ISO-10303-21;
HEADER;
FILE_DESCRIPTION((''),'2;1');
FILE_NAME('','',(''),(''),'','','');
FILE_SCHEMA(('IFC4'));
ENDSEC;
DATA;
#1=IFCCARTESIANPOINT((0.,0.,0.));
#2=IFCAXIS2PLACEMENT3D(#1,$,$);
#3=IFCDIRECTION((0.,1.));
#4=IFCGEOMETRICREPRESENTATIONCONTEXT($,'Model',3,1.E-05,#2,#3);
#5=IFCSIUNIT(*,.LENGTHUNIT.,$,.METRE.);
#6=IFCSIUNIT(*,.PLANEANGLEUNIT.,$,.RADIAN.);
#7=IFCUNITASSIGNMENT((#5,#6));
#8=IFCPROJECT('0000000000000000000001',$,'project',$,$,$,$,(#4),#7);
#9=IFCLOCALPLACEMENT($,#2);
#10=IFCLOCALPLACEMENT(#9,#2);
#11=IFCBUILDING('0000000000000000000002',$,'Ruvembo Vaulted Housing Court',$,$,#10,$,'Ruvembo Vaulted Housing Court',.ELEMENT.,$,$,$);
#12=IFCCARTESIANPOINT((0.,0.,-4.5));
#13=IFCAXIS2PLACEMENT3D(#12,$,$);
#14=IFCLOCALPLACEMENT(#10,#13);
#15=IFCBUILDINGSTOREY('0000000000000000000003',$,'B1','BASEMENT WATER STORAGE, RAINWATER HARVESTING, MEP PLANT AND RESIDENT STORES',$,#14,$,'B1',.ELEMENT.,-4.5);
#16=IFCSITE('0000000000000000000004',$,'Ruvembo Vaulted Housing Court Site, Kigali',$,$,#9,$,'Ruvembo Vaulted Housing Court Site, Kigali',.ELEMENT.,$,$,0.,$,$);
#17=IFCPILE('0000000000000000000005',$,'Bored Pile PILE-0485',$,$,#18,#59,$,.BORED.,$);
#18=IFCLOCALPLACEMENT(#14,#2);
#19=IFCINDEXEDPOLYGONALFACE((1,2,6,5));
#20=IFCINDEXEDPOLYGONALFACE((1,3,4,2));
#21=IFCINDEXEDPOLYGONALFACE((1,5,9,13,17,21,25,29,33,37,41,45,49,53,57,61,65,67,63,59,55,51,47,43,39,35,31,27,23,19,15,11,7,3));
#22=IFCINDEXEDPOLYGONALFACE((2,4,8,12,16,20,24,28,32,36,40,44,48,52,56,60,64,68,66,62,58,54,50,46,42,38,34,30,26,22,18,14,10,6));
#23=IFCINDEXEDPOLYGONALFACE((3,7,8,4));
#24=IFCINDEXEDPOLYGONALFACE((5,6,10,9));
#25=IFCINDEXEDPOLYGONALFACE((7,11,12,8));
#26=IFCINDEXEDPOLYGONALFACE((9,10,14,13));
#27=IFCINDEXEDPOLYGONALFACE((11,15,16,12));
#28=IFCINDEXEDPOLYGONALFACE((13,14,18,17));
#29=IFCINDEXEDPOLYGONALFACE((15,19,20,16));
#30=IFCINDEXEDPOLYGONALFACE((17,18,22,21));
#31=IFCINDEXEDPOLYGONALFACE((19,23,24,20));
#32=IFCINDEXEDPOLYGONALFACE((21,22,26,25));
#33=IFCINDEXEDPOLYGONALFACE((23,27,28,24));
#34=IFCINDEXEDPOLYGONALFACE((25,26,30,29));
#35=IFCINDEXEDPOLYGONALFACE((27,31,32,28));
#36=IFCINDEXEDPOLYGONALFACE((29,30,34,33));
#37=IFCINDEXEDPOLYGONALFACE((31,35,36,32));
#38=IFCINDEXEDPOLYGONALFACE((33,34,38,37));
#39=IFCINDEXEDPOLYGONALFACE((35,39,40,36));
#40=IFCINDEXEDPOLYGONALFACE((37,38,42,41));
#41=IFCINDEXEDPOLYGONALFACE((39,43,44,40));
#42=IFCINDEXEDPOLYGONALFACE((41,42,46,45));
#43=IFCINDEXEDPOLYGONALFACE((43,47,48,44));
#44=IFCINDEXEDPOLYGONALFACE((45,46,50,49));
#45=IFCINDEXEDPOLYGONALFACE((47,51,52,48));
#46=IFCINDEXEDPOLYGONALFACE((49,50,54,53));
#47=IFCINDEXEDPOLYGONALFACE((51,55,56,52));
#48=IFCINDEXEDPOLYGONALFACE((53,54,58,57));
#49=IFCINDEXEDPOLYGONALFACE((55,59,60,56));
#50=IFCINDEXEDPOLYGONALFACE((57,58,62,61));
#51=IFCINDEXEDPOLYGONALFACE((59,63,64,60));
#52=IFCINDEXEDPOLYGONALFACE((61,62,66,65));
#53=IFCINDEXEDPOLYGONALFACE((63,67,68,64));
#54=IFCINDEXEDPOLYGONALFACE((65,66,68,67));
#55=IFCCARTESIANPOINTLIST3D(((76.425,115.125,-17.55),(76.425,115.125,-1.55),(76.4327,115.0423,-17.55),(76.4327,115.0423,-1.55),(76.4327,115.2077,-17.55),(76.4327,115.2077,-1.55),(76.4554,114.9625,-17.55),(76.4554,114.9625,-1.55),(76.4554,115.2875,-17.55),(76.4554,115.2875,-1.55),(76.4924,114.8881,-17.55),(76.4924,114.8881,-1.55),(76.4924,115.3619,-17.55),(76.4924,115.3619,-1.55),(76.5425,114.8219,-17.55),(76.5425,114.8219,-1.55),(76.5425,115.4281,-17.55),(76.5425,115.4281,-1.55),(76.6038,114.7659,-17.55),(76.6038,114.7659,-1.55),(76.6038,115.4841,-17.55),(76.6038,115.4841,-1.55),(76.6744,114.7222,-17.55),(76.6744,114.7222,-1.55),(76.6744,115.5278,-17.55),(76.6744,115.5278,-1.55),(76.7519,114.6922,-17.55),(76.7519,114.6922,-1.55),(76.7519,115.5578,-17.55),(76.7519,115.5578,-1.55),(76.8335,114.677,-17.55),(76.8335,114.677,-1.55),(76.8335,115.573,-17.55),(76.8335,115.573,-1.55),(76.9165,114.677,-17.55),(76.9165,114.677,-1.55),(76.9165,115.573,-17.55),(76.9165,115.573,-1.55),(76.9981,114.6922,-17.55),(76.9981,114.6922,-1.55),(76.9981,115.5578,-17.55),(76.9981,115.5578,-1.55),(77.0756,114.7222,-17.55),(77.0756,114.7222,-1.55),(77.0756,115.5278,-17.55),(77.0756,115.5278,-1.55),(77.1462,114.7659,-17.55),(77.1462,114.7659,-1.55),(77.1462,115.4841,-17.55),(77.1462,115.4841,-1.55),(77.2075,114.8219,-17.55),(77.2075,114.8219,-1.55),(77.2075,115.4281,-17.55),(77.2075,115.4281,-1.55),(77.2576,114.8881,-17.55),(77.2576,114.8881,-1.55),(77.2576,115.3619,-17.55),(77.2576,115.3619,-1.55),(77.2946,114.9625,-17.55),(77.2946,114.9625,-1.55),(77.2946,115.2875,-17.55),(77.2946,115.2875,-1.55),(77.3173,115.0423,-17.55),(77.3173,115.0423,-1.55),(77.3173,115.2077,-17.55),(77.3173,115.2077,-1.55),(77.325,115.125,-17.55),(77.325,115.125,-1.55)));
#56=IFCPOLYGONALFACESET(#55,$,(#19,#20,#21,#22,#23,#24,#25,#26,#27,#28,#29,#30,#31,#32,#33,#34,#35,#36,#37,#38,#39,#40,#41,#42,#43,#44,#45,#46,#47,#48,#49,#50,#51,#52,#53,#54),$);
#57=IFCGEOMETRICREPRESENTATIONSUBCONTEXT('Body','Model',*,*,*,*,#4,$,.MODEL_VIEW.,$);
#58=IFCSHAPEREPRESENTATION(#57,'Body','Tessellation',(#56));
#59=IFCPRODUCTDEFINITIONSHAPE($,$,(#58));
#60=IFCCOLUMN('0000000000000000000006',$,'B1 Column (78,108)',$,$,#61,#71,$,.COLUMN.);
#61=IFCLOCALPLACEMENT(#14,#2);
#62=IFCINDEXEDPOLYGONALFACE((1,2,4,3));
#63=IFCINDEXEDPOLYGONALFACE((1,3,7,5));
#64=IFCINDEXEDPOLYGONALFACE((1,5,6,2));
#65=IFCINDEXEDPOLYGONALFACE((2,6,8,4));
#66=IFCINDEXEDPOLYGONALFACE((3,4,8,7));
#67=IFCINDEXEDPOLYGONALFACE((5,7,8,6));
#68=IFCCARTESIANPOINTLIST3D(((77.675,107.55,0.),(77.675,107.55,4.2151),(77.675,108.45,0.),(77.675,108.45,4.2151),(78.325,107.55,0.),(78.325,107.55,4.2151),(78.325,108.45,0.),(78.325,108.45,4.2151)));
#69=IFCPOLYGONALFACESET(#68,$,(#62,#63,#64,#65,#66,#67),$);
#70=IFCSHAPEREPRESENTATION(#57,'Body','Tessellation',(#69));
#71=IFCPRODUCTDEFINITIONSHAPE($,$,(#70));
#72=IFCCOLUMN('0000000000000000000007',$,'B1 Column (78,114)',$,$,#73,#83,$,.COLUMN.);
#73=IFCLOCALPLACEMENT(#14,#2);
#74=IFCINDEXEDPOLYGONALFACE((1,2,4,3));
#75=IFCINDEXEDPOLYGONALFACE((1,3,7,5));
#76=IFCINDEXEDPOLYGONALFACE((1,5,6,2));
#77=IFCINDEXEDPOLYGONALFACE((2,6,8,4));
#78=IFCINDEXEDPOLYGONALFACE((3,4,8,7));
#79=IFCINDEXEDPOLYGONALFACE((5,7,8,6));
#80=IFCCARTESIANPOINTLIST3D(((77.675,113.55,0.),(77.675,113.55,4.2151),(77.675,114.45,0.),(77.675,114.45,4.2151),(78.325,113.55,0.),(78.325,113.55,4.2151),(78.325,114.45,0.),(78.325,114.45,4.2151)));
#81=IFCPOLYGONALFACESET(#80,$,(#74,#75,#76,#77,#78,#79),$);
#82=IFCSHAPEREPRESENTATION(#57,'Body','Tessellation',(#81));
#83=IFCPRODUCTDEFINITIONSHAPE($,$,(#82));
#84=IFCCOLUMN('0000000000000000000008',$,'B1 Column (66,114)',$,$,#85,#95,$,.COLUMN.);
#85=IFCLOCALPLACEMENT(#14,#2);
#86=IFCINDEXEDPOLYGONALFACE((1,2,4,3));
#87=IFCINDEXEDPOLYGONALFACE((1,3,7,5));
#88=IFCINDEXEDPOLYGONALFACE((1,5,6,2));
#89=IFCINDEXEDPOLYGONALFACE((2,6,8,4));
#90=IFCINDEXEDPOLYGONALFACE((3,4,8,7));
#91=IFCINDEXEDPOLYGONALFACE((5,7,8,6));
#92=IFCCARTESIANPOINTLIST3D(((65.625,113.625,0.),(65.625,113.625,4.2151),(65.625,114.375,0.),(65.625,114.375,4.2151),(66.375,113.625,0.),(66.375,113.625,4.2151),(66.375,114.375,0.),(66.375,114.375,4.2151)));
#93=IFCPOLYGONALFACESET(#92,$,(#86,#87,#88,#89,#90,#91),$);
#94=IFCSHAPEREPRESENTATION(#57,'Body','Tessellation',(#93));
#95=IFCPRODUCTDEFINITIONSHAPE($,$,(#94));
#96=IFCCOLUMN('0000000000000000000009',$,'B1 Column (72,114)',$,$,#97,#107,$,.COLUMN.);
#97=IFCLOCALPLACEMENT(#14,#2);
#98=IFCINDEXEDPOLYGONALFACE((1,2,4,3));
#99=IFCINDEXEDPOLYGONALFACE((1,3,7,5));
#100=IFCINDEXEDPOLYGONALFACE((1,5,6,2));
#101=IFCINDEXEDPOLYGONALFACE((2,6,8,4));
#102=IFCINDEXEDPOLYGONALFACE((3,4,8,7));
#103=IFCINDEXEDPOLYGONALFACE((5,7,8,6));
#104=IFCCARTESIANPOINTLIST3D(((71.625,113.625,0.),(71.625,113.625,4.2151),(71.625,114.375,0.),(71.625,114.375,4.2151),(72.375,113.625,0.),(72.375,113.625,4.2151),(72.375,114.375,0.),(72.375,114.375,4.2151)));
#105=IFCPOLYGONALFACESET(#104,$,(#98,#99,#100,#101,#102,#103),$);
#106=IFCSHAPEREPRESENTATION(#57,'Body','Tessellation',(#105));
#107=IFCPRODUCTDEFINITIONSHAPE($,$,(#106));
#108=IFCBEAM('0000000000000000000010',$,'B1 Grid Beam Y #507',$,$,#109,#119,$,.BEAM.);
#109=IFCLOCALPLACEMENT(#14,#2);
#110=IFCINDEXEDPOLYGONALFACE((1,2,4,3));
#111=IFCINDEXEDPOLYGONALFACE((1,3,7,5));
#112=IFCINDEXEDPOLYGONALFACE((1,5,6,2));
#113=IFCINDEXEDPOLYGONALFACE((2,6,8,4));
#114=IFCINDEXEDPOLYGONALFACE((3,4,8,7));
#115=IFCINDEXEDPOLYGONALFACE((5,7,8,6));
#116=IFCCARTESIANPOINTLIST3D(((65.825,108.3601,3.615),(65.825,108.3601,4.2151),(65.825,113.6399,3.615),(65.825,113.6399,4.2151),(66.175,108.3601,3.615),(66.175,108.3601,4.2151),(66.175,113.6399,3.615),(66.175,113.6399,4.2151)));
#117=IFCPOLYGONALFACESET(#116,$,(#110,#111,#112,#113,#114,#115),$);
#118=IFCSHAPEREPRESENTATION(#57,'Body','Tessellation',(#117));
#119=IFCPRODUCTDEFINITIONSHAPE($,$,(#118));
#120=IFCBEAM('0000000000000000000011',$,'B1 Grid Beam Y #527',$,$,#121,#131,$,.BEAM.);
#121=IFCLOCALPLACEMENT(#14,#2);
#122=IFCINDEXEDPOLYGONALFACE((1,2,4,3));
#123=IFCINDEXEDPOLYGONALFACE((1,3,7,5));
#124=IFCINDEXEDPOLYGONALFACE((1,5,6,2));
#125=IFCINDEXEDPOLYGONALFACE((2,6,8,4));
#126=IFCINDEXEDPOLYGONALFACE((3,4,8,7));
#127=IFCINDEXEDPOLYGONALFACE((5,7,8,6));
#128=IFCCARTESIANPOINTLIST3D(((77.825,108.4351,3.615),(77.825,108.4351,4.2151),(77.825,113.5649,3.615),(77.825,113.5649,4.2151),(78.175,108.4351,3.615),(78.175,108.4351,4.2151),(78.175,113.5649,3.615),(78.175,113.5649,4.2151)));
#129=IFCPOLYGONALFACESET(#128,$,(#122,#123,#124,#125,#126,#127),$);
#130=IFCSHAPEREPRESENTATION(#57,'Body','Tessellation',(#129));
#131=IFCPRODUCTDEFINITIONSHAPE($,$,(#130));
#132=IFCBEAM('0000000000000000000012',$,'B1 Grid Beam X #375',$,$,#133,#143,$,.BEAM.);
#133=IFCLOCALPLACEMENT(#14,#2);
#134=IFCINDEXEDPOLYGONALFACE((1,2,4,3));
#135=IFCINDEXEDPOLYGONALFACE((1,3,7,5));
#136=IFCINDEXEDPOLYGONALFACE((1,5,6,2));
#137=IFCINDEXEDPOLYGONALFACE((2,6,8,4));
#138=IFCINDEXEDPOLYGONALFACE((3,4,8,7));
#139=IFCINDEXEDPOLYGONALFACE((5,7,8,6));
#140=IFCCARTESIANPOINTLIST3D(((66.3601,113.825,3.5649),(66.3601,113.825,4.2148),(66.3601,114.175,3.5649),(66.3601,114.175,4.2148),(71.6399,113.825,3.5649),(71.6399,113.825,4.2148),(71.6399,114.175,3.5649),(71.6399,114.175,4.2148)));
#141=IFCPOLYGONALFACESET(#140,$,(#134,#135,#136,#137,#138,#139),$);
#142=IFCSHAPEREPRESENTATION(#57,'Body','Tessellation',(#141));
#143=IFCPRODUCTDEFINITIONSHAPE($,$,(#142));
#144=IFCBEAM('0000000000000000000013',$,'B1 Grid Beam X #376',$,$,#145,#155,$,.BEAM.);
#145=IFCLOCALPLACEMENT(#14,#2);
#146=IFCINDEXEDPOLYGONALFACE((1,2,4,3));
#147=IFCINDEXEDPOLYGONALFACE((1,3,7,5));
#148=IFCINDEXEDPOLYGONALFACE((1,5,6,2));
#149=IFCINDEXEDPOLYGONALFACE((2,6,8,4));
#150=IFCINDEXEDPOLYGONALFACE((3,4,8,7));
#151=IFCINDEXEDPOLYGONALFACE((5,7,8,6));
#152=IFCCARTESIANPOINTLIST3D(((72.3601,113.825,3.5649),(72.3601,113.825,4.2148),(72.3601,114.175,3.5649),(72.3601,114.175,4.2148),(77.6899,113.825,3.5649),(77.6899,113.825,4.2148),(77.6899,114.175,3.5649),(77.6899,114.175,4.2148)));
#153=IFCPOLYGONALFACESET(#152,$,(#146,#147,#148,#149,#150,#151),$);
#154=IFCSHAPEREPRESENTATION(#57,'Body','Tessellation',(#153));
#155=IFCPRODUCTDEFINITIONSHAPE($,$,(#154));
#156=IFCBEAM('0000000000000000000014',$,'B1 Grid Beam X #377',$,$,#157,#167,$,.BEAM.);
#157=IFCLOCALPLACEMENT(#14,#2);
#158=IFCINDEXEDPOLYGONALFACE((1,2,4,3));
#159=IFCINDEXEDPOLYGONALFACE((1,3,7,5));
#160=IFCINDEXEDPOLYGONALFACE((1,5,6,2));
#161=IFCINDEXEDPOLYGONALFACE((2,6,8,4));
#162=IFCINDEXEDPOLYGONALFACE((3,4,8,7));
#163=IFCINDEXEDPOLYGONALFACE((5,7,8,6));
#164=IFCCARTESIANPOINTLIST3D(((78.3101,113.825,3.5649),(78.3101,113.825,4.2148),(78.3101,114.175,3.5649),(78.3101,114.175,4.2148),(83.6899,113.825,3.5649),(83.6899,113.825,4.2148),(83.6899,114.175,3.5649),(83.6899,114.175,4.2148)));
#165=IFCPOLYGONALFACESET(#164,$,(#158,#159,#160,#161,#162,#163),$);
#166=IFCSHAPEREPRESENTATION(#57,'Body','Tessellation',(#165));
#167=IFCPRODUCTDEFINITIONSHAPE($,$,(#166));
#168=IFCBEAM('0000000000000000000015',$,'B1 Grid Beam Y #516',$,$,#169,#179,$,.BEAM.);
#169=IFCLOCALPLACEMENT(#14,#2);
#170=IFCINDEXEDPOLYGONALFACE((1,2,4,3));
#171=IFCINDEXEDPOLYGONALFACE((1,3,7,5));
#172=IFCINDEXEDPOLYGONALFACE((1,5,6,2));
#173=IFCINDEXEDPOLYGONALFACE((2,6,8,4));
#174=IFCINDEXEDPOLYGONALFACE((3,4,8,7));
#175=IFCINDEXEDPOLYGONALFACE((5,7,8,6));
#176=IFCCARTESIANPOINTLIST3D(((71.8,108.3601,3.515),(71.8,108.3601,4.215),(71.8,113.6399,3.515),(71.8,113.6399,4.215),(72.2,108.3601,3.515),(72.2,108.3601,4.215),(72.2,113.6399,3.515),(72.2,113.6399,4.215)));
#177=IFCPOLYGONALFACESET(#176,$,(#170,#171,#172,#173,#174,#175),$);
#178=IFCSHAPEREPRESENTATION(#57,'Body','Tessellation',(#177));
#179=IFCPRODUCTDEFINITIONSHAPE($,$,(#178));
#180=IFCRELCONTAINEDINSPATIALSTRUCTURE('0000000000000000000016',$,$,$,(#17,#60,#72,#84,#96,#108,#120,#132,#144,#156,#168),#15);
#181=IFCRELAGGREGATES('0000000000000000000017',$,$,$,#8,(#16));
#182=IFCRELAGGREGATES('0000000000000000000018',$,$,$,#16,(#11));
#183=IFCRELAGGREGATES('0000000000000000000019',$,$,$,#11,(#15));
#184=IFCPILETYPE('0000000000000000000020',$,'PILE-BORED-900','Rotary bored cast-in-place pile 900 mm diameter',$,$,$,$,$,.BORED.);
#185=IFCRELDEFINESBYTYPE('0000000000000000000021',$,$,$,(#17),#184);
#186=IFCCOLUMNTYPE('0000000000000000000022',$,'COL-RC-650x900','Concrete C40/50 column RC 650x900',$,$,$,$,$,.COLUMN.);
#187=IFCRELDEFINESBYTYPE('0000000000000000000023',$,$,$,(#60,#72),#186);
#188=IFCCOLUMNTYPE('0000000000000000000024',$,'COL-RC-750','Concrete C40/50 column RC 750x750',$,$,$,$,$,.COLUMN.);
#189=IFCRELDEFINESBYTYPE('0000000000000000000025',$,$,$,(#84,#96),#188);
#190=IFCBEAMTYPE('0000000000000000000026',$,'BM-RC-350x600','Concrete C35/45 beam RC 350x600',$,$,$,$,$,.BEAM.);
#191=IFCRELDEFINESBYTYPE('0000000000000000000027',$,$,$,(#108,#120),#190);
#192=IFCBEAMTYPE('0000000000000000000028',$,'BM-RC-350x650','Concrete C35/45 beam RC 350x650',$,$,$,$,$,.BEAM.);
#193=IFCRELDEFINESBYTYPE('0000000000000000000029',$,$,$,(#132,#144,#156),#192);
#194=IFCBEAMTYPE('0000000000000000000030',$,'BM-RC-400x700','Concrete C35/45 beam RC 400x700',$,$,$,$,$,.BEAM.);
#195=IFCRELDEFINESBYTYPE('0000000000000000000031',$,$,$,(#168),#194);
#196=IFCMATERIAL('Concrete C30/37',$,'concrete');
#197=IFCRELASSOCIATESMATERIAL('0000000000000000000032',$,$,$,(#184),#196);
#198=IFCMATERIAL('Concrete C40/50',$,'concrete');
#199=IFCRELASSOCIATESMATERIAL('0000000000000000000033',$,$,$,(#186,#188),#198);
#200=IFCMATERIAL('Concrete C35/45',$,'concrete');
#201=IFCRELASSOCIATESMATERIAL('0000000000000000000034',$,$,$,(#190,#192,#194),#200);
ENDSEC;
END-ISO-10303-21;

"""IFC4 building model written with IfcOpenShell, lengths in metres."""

from ifc_helpers import new_model, si_unit, direction, frame, origin, origin_2d, place, context, subcontext, project, spatial, rectangle, circle, extrude, material, material_profile, profile_set, type_object, element, save


model = new_model("IFC4")

# Units and contexts
model_context = context("Model", 3, precision=1e-05, world=origin(), true_north=direction((0.0, 1.0)))
body_context = subcontext(model_context, "Body", "Model", "MODEL_VIEW")
ifc_project = project(units=[si_unit("LENGTHUNIT", "METRE"), si_unit("PLANEANGLEUNIT", "RADIAN")], contexts=[model_context])

# Site, building, storey
site_placement = place(None, origin())
site = spatial("IfcSite", under=ifc_project, at=site_placement, Name="Ruvembo Vaulted Housing Court Site, Kigali", LongName="Ruvembo Vaulted Housing Court Site, Kigali", CompositionType="ELEMENT", RefElevation=0.0)
building_placement = place(site_placement, origin())
building = spatial("IfcBuilding", under=site, at=building_placement, Name="Ruvembo Vaulted Housing Court", LongName="Ruvembo Vaulted Housing Court", CompositionType="ELEMENT")
storey_placement = place(building_placement, frame((0.0, 0.0, -4.5)))
storey = spatial("IfcBuildingStorey", under=building, at=storey_placement, Name="B1", Description="BASEMENT WATER STORAGE, RAINWATER HARVESTING, MEP PLANT AND RESIDENT STORES", LongName="B1", CompositionType="ELEMENT", Elevation=-4.5)

# Shared definitions
ifc_material_1 = material(Name="Concrete C35/45", Category="concrete")

# Pile
ifc_material_2 = material(Name="Concrete C30/37", Category="concrete")
ifc_material_profile_1 = material_profile(ifc_material_2, circle(Radius=0.45, at=origin_2d()), Name="PILE D900")
ifc_profile_set_1 = profile_set([ifc_material_profile_1], Name="Concrete C30/37")
pile_type = type_object("IfcPileType", Name="PILE-BORED-900", Description="Rotary bored cast-in-place pile 900 mm diameter", PredefinedType="BORED", material=ifc_profile_set_1)
for number, where, z_axis, x_axis, name in (
    (1, (76.875, 115.125, -1.55), (0.0, 0.0, -1.0), (1.0, 0.0, 0.0), "Bored Pile PILE-0485"),
):
    element("IfcPile", number, at=place(storey_placement, frame(where, z_axis=z_axis, x_axis=x_axis)), inside=storey, type_object=pile_type, Name=name, PredefinedType="BORED", context=body_context, shape_type="SweptSolid", body=[
        extrude(circle(Radius=0.45, at=origin_2d()), origin(), (0.0, 0.0, 1.0), 16.0),
    ])

# Columns
ifc_material_3 = material(Name="Concrete C40/50", Category="concrete")
ifc_material_profile_2 = material_profile(ifc_material_3, rectangle(XDim=0.6499, YDim=0.8999, at=origin_2d()), Name="RC 650x900")
ifc_profile_set_2 = profile_set([ifc_material_profile_2], Name="Concrete C40/50")
column_type_1 = type_object("IfcColumnType", Name="COL-RC-650x900", Description="Concrete C40/50 column RC 650x900", PredefinedType="COLUMN", material=ifc_profile_set_2)
for number, where, z_axis, x_axis, name in (
    (2, (78.0, 108.0, 0.0), (0.0, 0.0, 1.0), (1.0, 0.0, 0.0), "B1 Column (78,108)"),
    (3, (78.0, 114.0, 0.0), (0.0, 0.0, 1.0), (1.0, 0.0, 0.0), "B1 Column (78,114)"),
):
    element("IfcColumn", number, at=place(storey_placement, frame(where, z_axis=z_axis, x_axis=x_axis)), inside=storey, type_object=column_type_1, Name=name, PredefinedType="COLUMN", context=body_context, shape_type="SweptSolid", body=[
        extrude(rectangle(XDim=0.6499, YDim=0.8999, at=origin_2d()), origin(), (0.0, 0.0, 1.0), 4.2151),
    ])
ifc_material_profile_3 = material_profile(ifc_material_3, rectangle(XDim=0.75, YDim=0.75, at=origin_2d()), Name="RC 750x750")
ifc_profile_set_3 = profile_set([ifc_material_profile_3], Name="Concrete C40/50")
column_type_2 = type_object("IfcColumnType", Name="COL-RC-750", Description="Concrete C40/50 column RC 750x750", PredefinedType="COLUMN", material=ifc_profile_set_3)
for number, where, z_axis, x_axis, name in (
    (4, (66.0, 114.0, 0.0), (0.0, 0.0, 1.0), (1.0, 0.0, 0.0), "B1 Column (66,114)"),
    (5, (72.0, 114.0, 0.0), (0.0, 0.0, 1.0), (1.0, 0.0, 0.0), "B1 Column (72,114)"),
):
    element("IfcColumn", number, at=place(storey_placement, frame(where, z_axis=z_axis, x_axis=x_axis)), inside=storey, type_object=column_type_2, Name=name, PredefinedType="COLUMN", context=body_context, shape_type="SweptSolid", body=[
        extrude(rectangle(XDim=0.75, YDim=0.75, at=origin_2d()), origin(), (0.0, 0.0, 1.0), 4.2151),
    ])

# Beams
ifc_material_profile_4 = material_profile(ifc_material_1, rectangle(XDim=0.3501, YDim=0.6001, at=origin_2d()), Name="RC 350x600")
ifc_profile_set_4 = profile_set([ifc_material_profile_4], Name="Concrete C35/45")
beam_type_1 = type_object("IfcBeamType", Name="BM-RC-350x600", Description="Concrete C35/45 beam RC 350x600", PredefinedType="BEAM", material=ifc_profile_set_4)
beam_1_placement = place(storey_placement, frame((66.0, 108.3601, 3.915), z_axis=(0.0, 1.0, 0.0), x_axis=(-1.0, 0.0, 0.0)))
element("IfcBeam", 6, at=beam_1_placement, inside=storey, type_object=beam_type_1, Name="B1 Grid Beam Y #507", PredefinedType="BEAM", context=body_context, shape_type="SweptSolid", body=[
    extrude(rectangle(XDim=0.3501, YDim=0.6001, at=origin_2d()), origin(), (0.0, 0.0, 1.0), 5.2798),
])
beam_2_placement = place(storey_placement, frame((78.0, 108.4351, 3.915), z_axis=(0.0, 1.0, 0.0), x_axis=(-1.0, 0.0, 0.0)))
element("IfcBeam", 7, at=beam_2_placement, inside=storey, type_object=beam_type_1, Name="B1 Grid Beam Y #527", PredefinedType="BEAM", context=body_context, shape_type="SweptSolid", body=[
    extrude(rectangle(XDim=0.3501, YDim=0.6001, at=origin_2d()), origin(), (0.0, 0.0, 1.0), 5.1299),
])
ifc_material_profile_5 = material_profile(ifc_material_1, rectangle(XDim=0.3501, YDim=0.6499, at=origin_2d()), Name="RC 350x650")
ifc_profile_set_5 = profile_set([ifc_material_profile_5], Name="Concrete C35/45")
beam_type_2 = type_object("IfcBeamType", Name="BM-RC-350x650", Description="Concrete C35/45 beam RC 350x650", PredefinedType="BEAM", material=ifc_profile_set_5)
beam_3_placement = place(storey_placement, frame((66.3601, 114.0, 3.8899), z_axis=(1.0, 0.0, 0.0), x_axis=(0.0, 1.0, 0.0)))
element("IfcBeam", 8, at=beam_3_placement, inside=storey, type_object=beam_type_2, Name="B1 Grid Beam X #375", PredefinedType="BEAM", context=body_context, shape_type="SweptSolid", body=[
    extrude(rectangle(XDim=0.3501, YDim=0.6499, at=origin_2d()), origin(), (0.0, 0.0, 1.0), 5.2798),
])
beam_4_placement = place(storey_placement, frame((72.3601, 114.0, 3.8899), z_axis=(1.0, 0.0, 0.0), x_axis=(0.0, 1.0, 0.0)))
element("IfcBeam", 9, at=beam_4_placement, inside=storey, type_object=beam_type_2, Name="B1 Grid Beam X #376", PredefinedType="BEAM", context=body_context, shape_type="SweptSolid", body=[
    extrude(rectangle(XDim=0.3501, YDim=0.6499, at=origin_2d()), origin(), (0.0, 0.0, 1.0), 5.3298),
])
beam_5_placement = place(storey_placement, frame((78.3101, 114.0, 3.8899), z_axis=(1.0, 0.0, 0.0), x_axis=(0.0, 1.0, 0.0)))
element("IfcBeam", 10, at=beam_5_placement, inside=storey, type_object=beam_type_2, Name="B1 Grid Beam X #377", PredefinedType="BEAM", context=body_context, shape_type="SweptSolid", body=[
    extrude(rectangle(XDim=0.3501, YDim=0.6499, at=origin_2d()), origin(), (0.0, 0.0, 1.0), 5.3799),
])
ifc_material_profile_6 = material_profile(ifc_material_1, rectangle(XDim=0.3999, YDim=0.7, at=origin_2d()), Name="RC 400x700")
ifc_profile_set_6 = profile_set([ifc_material_profile_6], Name="Concrete C35/45")
beam_type_3 = type_object("IfcBeamType", Name="BM-RC-400x700", Description="Concrete C35/45 beam RC 400x700", PredefinedType="BEAM", material=ifc_profile_set_6)
beam_6_placement = place(storey_placement, frame((72.0, 108.3601, 3.865), z_axis=(0.0, 1.0, 0.0), x_axis=(-1.0, 0.0, 0.0)))
element("IfcBeam", 11, at=beam_6_placement, inside=storey, type_object=beam_type_3, Name="B1 Grid Beam Y #516", PredefinedType="BEAM", context=body_context, shape_type="SweptSolid", body=[
    extrude(rectangle(XDim=0.3999, YDim=0.7, at=origin_2d()), origin(), (0.0, 0.0, 1.0), 5.2798),
])

save(model, "model.ifc")
